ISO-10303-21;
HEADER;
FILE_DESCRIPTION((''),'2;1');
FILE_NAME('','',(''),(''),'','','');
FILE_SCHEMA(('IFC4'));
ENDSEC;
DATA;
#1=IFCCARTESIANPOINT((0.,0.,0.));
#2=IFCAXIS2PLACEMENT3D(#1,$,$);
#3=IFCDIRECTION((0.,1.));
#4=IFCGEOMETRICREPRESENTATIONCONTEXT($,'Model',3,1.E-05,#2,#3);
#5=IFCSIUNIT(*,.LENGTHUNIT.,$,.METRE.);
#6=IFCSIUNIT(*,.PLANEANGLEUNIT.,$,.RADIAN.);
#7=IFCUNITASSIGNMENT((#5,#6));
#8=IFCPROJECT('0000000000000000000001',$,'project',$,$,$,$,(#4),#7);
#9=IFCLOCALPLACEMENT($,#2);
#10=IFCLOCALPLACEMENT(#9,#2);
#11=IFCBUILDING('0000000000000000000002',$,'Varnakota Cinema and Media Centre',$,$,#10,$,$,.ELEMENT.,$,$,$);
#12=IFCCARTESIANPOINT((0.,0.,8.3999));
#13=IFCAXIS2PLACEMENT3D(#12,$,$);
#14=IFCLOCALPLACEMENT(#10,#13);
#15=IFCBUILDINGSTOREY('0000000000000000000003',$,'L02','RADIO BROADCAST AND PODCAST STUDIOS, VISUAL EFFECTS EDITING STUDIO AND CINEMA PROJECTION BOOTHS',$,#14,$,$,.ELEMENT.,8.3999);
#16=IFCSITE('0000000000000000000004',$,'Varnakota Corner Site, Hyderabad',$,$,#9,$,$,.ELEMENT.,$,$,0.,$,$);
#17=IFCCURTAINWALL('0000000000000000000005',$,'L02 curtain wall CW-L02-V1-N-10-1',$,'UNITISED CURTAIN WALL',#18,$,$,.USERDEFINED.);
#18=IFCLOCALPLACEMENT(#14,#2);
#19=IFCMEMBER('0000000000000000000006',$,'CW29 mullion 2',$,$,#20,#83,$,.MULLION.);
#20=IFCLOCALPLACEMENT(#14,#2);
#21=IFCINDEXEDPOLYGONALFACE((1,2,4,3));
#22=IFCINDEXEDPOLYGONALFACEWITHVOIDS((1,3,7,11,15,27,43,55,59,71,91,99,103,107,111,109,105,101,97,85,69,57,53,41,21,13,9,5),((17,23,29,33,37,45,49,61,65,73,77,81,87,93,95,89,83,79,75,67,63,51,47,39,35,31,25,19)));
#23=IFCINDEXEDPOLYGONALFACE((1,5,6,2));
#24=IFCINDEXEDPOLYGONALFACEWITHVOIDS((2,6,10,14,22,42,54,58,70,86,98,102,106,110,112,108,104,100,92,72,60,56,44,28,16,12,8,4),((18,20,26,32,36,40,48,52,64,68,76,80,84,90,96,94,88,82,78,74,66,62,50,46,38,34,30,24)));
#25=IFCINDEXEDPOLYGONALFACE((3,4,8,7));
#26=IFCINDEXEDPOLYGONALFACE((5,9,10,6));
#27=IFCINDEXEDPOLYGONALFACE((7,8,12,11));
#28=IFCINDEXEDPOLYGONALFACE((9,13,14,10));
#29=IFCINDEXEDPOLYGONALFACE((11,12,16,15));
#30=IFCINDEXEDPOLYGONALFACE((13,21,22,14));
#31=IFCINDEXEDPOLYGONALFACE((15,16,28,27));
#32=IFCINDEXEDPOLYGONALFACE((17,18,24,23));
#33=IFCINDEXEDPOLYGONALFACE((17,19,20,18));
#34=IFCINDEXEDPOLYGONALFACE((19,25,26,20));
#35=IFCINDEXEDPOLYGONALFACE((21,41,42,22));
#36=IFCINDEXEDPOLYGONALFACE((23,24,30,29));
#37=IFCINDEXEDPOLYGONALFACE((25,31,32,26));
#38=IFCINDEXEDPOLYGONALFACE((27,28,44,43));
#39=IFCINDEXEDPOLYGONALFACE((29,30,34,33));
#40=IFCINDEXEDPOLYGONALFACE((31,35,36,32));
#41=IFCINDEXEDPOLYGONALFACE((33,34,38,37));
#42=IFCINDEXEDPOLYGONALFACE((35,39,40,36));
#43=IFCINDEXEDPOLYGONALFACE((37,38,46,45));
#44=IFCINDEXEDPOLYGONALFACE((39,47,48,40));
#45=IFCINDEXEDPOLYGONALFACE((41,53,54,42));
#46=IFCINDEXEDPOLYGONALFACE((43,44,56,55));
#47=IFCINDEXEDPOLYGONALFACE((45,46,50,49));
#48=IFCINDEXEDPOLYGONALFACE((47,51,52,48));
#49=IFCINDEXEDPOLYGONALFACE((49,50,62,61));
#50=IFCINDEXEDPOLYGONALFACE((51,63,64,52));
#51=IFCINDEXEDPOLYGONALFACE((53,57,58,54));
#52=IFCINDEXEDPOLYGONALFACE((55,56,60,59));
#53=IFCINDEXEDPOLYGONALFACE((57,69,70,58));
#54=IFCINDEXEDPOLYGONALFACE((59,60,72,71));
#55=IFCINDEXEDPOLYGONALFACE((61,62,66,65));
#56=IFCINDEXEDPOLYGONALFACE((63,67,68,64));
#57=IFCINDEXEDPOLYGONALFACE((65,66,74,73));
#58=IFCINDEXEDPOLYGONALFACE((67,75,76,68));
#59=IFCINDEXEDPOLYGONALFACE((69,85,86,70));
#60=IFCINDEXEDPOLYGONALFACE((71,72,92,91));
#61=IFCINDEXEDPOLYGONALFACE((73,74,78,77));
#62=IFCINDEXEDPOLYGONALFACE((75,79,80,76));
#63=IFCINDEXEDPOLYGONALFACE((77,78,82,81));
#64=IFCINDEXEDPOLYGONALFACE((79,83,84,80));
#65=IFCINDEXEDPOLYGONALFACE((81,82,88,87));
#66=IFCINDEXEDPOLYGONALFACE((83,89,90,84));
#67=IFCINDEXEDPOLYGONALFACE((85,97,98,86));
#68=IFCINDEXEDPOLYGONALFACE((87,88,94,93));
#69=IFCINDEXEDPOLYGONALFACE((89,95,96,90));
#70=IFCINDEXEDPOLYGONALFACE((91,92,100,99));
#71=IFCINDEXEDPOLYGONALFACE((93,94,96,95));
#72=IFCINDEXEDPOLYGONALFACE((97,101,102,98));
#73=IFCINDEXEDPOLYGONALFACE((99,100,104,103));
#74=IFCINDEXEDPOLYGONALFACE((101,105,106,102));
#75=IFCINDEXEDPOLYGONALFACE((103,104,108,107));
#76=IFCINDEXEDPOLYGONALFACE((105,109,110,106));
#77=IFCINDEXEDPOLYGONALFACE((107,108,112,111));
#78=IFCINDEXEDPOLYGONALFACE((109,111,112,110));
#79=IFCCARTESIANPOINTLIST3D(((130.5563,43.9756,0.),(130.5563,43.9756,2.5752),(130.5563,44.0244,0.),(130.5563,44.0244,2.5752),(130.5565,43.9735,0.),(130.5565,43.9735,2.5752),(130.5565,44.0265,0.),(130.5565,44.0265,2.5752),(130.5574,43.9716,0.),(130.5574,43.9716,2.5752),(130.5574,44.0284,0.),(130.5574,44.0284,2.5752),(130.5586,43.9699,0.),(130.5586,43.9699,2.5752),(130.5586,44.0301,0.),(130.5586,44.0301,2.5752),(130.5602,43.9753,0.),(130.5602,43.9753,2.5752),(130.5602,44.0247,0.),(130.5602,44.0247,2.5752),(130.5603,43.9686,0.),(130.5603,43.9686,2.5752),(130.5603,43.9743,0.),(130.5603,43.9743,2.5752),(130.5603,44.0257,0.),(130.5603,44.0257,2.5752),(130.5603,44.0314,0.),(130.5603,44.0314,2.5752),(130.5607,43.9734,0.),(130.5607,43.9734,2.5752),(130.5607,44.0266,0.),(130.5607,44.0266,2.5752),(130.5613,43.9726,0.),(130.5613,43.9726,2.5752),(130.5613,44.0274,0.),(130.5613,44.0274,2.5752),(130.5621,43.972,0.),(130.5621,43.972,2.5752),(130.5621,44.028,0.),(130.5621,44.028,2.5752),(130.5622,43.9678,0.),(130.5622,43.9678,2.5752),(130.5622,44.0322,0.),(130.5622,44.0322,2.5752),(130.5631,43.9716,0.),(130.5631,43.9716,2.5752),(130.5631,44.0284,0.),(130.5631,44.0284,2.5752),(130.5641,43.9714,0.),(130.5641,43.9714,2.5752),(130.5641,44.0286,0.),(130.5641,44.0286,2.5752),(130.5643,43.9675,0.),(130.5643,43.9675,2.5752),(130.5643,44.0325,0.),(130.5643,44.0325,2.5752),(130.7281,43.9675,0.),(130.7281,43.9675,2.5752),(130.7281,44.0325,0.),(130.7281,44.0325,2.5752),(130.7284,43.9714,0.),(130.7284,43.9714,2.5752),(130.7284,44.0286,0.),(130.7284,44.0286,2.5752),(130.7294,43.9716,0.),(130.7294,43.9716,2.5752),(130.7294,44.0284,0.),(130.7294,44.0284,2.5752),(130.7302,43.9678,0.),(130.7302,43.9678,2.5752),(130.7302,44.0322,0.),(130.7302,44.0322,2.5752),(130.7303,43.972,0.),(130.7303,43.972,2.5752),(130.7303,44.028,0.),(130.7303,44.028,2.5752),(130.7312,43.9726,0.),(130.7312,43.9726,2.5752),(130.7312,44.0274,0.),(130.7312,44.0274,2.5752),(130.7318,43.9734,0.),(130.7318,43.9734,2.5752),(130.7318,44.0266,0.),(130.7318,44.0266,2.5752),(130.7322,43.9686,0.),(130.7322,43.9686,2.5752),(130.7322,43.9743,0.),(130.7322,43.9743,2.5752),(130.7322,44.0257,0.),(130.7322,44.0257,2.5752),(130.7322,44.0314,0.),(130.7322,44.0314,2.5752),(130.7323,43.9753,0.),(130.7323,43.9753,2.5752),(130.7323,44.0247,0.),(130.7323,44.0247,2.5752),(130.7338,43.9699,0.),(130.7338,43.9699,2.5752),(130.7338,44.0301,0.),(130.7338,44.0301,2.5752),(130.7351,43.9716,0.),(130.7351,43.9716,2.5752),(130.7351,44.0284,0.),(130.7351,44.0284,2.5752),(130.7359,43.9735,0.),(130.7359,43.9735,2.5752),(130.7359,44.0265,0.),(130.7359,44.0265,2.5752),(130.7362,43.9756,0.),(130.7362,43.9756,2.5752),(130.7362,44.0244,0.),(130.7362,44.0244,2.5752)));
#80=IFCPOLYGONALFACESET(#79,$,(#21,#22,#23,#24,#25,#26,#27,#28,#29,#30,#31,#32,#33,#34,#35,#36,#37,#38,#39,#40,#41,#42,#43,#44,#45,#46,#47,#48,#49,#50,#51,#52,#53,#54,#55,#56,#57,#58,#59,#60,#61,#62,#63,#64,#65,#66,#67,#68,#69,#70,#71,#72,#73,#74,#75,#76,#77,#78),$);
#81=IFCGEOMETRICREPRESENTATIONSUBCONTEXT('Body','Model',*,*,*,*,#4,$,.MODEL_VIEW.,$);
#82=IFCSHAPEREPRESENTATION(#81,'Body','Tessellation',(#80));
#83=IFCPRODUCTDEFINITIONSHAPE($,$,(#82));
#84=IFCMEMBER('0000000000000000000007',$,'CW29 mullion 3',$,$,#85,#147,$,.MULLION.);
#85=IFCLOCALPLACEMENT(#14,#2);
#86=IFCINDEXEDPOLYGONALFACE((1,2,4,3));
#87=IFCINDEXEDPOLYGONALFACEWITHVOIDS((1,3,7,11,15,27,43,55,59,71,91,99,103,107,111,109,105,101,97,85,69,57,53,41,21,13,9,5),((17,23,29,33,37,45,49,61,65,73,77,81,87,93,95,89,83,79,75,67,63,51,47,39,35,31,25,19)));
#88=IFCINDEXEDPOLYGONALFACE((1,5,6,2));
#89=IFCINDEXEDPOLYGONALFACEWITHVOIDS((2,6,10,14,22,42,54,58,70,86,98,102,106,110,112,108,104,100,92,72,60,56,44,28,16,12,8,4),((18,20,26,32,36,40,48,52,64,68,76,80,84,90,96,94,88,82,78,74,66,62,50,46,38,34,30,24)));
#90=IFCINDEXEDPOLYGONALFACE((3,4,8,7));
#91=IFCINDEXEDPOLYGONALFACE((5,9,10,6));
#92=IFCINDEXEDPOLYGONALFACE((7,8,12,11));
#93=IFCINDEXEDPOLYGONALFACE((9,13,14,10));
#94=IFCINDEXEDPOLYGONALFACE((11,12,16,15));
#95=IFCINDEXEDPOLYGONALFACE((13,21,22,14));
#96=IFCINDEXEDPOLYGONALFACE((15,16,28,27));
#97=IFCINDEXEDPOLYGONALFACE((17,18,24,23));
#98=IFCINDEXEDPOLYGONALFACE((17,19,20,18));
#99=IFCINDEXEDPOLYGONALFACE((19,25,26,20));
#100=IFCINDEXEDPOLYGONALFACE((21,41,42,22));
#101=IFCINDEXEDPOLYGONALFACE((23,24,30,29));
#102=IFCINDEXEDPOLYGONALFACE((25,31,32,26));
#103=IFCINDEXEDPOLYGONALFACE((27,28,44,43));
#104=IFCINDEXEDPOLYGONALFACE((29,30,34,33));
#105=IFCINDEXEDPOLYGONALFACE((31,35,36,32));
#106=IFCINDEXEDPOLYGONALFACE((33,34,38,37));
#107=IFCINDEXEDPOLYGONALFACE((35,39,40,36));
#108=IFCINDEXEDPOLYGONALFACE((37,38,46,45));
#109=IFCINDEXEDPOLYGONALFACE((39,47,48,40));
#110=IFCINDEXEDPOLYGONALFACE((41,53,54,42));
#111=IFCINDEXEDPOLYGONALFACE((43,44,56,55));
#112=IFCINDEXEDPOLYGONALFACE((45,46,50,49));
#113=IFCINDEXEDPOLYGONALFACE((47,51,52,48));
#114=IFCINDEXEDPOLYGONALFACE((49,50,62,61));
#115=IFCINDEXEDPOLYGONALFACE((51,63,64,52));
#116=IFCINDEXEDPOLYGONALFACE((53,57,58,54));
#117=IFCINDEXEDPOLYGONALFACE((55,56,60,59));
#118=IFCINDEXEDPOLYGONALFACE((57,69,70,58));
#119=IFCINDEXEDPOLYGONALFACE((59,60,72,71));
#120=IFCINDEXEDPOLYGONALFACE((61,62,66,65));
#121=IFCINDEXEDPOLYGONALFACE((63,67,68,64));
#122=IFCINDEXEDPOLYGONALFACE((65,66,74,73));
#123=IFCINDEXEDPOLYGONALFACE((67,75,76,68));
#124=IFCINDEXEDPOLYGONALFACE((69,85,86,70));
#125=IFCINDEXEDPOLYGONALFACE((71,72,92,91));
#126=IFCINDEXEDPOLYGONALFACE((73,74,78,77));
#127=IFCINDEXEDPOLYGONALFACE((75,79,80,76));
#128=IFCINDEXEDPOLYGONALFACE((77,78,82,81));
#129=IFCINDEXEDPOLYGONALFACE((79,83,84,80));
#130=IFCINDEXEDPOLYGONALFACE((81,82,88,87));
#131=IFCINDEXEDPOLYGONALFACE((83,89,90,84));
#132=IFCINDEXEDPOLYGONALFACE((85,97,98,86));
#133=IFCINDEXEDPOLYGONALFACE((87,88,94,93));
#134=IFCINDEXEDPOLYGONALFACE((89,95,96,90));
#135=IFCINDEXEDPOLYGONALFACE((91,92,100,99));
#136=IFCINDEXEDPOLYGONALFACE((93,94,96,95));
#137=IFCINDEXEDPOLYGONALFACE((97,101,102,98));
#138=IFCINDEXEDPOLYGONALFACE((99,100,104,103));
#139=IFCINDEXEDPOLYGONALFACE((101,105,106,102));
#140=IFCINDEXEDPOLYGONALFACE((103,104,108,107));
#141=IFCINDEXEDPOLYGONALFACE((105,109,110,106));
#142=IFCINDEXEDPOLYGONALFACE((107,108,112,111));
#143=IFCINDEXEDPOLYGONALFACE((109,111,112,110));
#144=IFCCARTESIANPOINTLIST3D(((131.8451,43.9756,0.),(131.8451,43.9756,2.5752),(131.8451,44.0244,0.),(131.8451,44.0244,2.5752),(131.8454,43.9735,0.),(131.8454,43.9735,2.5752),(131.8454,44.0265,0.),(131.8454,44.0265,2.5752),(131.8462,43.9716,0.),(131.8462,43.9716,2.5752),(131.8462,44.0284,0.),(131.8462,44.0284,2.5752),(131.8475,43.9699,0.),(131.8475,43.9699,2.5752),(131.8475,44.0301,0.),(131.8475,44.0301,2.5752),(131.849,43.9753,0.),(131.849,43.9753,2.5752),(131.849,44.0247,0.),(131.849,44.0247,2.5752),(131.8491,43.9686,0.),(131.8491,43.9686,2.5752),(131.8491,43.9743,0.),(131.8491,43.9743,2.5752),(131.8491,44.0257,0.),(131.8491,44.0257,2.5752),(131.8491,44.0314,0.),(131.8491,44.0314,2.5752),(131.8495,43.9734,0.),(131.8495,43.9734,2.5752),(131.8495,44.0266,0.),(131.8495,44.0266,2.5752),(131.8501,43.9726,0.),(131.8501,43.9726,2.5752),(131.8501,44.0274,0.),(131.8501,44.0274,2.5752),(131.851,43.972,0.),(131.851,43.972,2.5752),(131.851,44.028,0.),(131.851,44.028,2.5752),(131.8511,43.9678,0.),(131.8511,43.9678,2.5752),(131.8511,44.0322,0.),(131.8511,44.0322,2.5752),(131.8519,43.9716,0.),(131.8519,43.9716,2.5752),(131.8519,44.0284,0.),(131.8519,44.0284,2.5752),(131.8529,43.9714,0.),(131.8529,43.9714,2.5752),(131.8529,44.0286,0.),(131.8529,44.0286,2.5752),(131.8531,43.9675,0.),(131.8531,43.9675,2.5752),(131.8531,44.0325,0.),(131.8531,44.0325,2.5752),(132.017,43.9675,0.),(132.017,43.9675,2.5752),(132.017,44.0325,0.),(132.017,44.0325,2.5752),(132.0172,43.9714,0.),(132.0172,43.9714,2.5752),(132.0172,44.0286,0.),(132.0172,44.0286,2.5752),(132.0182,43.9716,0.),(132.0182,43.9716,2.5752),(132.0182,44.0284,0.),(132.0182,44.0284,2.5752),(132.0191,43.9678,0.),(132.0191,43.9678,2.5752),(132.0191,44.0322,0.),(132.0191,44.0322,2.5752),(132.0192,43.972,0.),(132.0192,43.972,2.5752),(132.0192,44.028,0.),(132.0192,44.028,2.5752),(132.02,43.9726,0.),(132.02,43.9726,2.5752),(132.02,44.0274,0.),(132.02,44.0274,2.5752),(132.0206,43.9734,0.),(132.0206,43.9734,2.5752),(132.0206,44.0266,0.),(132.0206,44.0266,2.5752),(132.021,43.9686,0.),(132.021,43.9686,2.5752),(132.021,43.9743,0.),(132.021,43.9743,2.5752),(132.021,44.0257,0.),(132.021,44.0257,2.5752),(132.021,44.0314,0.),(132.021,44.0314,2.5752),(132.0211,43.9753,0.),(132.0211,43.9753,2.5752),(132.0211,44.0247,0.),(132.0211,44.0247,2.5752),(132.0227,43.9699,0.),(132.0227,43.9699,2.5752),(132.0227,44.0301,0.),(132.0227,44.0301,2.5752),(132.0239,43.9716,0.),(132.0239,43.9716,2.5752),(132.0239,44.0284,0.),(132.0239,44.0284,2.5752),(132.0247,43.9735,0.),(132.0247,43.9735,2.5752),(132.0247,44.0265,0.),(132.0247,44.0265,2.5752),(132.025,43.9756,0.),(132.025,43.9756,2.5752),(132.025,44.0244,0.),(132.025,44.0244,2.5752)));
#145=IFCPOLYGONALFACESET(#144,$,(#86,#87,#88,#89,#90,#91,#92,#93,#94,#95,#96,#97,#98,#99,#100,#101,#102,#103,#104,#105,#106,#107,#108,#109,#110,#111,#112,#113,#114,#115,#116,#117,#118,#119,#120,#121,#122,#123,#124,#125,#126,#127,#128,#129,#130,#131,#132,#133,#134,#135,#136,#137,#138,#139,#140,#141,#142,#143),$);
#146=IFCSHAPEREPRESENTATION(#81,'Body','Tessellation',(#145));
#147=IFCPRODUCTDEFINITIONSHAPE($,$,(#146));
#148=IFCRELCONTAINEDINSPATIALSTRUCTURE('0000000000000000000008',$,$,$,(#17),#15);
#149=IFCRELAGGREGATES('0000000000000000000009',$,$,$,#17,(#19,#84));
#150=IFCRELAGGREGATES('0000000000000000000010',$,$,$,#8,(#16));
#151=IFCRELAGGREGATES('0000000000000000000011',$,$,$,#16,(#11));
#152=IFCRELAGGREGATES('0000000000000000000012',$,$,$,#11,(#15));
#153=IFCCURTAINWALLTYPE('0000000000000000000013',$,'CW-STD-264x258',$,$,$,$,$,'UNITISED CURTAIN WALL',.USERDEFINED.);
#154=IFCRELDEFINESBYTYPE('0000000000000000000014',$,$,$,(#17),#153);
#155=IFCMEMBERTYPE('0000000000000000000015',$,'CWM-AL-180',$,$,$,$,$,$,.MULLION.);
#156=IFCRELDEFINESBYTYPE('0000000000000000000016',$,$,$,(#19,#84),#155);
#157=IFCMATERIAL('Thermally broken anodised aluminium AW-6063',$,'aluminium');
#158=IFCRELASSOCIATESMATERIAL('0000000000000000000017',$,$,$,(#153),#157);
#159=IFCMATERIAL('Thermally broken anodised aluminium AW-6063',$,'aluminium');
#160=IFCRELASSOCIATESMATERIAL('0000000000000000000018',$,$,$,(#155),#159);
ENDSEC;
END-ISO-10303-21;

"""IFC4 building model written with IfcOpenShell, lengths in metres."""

from ifc_helpers import new_model, si_unit, direction, frame, origin, origin_2d, place, context, subcontext, project, spatial, hollow_rectangle, extrude, material, material_profile, profile_set, type_object, element, aggregate, save


model = new_model("IFC4")

# Units and contexts
model_context = context("Model", 3, precision=1e-05, world=origin(), true_north=direction((0.0, 1.0)))
body_context = subcontext(model_context, "Body", "Model", "MODEL_VIEW")
ifc_project = project(units=[si_unit("LENGTHUNIT", "METRE"), si_unit("PLANEANGLEUNIT", "RADIAN")], contexts=[model_context])

# Site, building, storey
site_placement = place(None, origin())
site = spatial("IfcSite", under=ifc_project, at=site_placement, Name="Varnakota Corner Site, Hyderabad", CompositionType="ELEMENT", RefElevation=0.0)
building_placement = place(site_placement, origin())
building = spatial("IfcBuilding", under=site, at=building_placement, Name="Varnakota Cinema and Media Centre", CompositionType="ELEMENT")
storey_placement = place(building_placement, frame((0.0, 0.0, 8.3999)))
storey = spatial("IfcBuildingStorey", under=building, at=storey_placement, Name="L02", Description="RADIO BROADCAST AND PODCAST STUDIOS, VISUAL EFFECTS EDITING STUDIO AND CINEMA PROJECTION BOOTHS", CompositionType="ELEMENT", Elevation=8.3999)

# Shared definitions
ifc_material_1 = material(Name="Thermally broken anodised aluminium AW-6063", Category="aluminium")
curtain_wall_type = type_object("IfcCurtainWallType", Name="CW-STD-264x258", ElementType="UNITISED CURTAIN WALL", PredefinedType="USERDEFINED", material=ifc_material_1)
ifc_material_2 = material(Name="Thermally broken anodised aluminium AW-6063", Category="aluminium")
ifc_material_profile_1 = material_profile(ifc_material_2, hollow_rectangle(XDim=0.0649, YDim=0.1799, WallThickness=0.0039, InnerFilletRadius=0.0039, OuterFilletRadius=0.0081, at=origin_2d()), Name="AL-MULLION 180x65x4")
ifc_profile_set_1 = profile_set([ifc_material_profile_1], Name="Thermally broken anodised aluminium AW-6063")
member_type_1 = type_object("IfcMemberType", Name="CWM-AL-180", PredefinedType="MULLION", material=ifc_profile_set_1)

# Curtain wall, members
curtain_wall_1_placement = place(storey_placement, origin())
curtain_wall_1 = element("IfcCurtainWall", 1, at=curtain_wall_1_placement, inside=storey, type_object=curtain_wall_type, Name="L02 curtain wall CW-L02-V1-N-10-1", ObjectType="UNITISED CURTAIN WALL", PredefinedType="USERDEFINED")
member_1_placement = place(storey_placement, frame((130.6462, 44.0, 0.0), z_axis=(0.0, 0.0, 1.0), x_axis=(0.0, 1.0, 0.0)))
member_1 = element("IfcMember", 2, at=member_1_placement, type_object=member_type_1, Name="CW29 mullion 2", PredefinedType="MULLION", context=body_context, shape_type="SweptSolid", body=[
    extrude(hollow_rectangle(XDim=0.0649, YDim=0.1799, WallThickness=0.0039, InnerFilletRadius=0.0039, OuterFilletRadius=0.0081, at=origin_2d()), origin(), (0.0, 0.0, 1.0), 2.5752),
])
member_2_placement = place(storey_placement, frame((131.9351, 44.0, 0.0), z_axis=(0.0, 0.0, 1.0), x_axis=(0.0, 1.0, 0.0)))
member_2 = element("IfcMember", 3, at=member_2_placement, type_object=member_type_1, Name="CW29 mullion 3", PredefinedType="MULLION", context=body_context, shape_type="SweptSolid", body=[
    extrude(hollow_rectangle(XDim=0.0649, YDim=0.1799, WallThickness=0.0039, InnerFilletRadius=0.0039, OuterFilletRadius=0.0081, at=origin_2d()), origin(), (0.0, 0.0, 1.0), 2.5752),
])

aggregate(curtain_wall_1, [member_1, member_2])

save(model, "model.ifc")
